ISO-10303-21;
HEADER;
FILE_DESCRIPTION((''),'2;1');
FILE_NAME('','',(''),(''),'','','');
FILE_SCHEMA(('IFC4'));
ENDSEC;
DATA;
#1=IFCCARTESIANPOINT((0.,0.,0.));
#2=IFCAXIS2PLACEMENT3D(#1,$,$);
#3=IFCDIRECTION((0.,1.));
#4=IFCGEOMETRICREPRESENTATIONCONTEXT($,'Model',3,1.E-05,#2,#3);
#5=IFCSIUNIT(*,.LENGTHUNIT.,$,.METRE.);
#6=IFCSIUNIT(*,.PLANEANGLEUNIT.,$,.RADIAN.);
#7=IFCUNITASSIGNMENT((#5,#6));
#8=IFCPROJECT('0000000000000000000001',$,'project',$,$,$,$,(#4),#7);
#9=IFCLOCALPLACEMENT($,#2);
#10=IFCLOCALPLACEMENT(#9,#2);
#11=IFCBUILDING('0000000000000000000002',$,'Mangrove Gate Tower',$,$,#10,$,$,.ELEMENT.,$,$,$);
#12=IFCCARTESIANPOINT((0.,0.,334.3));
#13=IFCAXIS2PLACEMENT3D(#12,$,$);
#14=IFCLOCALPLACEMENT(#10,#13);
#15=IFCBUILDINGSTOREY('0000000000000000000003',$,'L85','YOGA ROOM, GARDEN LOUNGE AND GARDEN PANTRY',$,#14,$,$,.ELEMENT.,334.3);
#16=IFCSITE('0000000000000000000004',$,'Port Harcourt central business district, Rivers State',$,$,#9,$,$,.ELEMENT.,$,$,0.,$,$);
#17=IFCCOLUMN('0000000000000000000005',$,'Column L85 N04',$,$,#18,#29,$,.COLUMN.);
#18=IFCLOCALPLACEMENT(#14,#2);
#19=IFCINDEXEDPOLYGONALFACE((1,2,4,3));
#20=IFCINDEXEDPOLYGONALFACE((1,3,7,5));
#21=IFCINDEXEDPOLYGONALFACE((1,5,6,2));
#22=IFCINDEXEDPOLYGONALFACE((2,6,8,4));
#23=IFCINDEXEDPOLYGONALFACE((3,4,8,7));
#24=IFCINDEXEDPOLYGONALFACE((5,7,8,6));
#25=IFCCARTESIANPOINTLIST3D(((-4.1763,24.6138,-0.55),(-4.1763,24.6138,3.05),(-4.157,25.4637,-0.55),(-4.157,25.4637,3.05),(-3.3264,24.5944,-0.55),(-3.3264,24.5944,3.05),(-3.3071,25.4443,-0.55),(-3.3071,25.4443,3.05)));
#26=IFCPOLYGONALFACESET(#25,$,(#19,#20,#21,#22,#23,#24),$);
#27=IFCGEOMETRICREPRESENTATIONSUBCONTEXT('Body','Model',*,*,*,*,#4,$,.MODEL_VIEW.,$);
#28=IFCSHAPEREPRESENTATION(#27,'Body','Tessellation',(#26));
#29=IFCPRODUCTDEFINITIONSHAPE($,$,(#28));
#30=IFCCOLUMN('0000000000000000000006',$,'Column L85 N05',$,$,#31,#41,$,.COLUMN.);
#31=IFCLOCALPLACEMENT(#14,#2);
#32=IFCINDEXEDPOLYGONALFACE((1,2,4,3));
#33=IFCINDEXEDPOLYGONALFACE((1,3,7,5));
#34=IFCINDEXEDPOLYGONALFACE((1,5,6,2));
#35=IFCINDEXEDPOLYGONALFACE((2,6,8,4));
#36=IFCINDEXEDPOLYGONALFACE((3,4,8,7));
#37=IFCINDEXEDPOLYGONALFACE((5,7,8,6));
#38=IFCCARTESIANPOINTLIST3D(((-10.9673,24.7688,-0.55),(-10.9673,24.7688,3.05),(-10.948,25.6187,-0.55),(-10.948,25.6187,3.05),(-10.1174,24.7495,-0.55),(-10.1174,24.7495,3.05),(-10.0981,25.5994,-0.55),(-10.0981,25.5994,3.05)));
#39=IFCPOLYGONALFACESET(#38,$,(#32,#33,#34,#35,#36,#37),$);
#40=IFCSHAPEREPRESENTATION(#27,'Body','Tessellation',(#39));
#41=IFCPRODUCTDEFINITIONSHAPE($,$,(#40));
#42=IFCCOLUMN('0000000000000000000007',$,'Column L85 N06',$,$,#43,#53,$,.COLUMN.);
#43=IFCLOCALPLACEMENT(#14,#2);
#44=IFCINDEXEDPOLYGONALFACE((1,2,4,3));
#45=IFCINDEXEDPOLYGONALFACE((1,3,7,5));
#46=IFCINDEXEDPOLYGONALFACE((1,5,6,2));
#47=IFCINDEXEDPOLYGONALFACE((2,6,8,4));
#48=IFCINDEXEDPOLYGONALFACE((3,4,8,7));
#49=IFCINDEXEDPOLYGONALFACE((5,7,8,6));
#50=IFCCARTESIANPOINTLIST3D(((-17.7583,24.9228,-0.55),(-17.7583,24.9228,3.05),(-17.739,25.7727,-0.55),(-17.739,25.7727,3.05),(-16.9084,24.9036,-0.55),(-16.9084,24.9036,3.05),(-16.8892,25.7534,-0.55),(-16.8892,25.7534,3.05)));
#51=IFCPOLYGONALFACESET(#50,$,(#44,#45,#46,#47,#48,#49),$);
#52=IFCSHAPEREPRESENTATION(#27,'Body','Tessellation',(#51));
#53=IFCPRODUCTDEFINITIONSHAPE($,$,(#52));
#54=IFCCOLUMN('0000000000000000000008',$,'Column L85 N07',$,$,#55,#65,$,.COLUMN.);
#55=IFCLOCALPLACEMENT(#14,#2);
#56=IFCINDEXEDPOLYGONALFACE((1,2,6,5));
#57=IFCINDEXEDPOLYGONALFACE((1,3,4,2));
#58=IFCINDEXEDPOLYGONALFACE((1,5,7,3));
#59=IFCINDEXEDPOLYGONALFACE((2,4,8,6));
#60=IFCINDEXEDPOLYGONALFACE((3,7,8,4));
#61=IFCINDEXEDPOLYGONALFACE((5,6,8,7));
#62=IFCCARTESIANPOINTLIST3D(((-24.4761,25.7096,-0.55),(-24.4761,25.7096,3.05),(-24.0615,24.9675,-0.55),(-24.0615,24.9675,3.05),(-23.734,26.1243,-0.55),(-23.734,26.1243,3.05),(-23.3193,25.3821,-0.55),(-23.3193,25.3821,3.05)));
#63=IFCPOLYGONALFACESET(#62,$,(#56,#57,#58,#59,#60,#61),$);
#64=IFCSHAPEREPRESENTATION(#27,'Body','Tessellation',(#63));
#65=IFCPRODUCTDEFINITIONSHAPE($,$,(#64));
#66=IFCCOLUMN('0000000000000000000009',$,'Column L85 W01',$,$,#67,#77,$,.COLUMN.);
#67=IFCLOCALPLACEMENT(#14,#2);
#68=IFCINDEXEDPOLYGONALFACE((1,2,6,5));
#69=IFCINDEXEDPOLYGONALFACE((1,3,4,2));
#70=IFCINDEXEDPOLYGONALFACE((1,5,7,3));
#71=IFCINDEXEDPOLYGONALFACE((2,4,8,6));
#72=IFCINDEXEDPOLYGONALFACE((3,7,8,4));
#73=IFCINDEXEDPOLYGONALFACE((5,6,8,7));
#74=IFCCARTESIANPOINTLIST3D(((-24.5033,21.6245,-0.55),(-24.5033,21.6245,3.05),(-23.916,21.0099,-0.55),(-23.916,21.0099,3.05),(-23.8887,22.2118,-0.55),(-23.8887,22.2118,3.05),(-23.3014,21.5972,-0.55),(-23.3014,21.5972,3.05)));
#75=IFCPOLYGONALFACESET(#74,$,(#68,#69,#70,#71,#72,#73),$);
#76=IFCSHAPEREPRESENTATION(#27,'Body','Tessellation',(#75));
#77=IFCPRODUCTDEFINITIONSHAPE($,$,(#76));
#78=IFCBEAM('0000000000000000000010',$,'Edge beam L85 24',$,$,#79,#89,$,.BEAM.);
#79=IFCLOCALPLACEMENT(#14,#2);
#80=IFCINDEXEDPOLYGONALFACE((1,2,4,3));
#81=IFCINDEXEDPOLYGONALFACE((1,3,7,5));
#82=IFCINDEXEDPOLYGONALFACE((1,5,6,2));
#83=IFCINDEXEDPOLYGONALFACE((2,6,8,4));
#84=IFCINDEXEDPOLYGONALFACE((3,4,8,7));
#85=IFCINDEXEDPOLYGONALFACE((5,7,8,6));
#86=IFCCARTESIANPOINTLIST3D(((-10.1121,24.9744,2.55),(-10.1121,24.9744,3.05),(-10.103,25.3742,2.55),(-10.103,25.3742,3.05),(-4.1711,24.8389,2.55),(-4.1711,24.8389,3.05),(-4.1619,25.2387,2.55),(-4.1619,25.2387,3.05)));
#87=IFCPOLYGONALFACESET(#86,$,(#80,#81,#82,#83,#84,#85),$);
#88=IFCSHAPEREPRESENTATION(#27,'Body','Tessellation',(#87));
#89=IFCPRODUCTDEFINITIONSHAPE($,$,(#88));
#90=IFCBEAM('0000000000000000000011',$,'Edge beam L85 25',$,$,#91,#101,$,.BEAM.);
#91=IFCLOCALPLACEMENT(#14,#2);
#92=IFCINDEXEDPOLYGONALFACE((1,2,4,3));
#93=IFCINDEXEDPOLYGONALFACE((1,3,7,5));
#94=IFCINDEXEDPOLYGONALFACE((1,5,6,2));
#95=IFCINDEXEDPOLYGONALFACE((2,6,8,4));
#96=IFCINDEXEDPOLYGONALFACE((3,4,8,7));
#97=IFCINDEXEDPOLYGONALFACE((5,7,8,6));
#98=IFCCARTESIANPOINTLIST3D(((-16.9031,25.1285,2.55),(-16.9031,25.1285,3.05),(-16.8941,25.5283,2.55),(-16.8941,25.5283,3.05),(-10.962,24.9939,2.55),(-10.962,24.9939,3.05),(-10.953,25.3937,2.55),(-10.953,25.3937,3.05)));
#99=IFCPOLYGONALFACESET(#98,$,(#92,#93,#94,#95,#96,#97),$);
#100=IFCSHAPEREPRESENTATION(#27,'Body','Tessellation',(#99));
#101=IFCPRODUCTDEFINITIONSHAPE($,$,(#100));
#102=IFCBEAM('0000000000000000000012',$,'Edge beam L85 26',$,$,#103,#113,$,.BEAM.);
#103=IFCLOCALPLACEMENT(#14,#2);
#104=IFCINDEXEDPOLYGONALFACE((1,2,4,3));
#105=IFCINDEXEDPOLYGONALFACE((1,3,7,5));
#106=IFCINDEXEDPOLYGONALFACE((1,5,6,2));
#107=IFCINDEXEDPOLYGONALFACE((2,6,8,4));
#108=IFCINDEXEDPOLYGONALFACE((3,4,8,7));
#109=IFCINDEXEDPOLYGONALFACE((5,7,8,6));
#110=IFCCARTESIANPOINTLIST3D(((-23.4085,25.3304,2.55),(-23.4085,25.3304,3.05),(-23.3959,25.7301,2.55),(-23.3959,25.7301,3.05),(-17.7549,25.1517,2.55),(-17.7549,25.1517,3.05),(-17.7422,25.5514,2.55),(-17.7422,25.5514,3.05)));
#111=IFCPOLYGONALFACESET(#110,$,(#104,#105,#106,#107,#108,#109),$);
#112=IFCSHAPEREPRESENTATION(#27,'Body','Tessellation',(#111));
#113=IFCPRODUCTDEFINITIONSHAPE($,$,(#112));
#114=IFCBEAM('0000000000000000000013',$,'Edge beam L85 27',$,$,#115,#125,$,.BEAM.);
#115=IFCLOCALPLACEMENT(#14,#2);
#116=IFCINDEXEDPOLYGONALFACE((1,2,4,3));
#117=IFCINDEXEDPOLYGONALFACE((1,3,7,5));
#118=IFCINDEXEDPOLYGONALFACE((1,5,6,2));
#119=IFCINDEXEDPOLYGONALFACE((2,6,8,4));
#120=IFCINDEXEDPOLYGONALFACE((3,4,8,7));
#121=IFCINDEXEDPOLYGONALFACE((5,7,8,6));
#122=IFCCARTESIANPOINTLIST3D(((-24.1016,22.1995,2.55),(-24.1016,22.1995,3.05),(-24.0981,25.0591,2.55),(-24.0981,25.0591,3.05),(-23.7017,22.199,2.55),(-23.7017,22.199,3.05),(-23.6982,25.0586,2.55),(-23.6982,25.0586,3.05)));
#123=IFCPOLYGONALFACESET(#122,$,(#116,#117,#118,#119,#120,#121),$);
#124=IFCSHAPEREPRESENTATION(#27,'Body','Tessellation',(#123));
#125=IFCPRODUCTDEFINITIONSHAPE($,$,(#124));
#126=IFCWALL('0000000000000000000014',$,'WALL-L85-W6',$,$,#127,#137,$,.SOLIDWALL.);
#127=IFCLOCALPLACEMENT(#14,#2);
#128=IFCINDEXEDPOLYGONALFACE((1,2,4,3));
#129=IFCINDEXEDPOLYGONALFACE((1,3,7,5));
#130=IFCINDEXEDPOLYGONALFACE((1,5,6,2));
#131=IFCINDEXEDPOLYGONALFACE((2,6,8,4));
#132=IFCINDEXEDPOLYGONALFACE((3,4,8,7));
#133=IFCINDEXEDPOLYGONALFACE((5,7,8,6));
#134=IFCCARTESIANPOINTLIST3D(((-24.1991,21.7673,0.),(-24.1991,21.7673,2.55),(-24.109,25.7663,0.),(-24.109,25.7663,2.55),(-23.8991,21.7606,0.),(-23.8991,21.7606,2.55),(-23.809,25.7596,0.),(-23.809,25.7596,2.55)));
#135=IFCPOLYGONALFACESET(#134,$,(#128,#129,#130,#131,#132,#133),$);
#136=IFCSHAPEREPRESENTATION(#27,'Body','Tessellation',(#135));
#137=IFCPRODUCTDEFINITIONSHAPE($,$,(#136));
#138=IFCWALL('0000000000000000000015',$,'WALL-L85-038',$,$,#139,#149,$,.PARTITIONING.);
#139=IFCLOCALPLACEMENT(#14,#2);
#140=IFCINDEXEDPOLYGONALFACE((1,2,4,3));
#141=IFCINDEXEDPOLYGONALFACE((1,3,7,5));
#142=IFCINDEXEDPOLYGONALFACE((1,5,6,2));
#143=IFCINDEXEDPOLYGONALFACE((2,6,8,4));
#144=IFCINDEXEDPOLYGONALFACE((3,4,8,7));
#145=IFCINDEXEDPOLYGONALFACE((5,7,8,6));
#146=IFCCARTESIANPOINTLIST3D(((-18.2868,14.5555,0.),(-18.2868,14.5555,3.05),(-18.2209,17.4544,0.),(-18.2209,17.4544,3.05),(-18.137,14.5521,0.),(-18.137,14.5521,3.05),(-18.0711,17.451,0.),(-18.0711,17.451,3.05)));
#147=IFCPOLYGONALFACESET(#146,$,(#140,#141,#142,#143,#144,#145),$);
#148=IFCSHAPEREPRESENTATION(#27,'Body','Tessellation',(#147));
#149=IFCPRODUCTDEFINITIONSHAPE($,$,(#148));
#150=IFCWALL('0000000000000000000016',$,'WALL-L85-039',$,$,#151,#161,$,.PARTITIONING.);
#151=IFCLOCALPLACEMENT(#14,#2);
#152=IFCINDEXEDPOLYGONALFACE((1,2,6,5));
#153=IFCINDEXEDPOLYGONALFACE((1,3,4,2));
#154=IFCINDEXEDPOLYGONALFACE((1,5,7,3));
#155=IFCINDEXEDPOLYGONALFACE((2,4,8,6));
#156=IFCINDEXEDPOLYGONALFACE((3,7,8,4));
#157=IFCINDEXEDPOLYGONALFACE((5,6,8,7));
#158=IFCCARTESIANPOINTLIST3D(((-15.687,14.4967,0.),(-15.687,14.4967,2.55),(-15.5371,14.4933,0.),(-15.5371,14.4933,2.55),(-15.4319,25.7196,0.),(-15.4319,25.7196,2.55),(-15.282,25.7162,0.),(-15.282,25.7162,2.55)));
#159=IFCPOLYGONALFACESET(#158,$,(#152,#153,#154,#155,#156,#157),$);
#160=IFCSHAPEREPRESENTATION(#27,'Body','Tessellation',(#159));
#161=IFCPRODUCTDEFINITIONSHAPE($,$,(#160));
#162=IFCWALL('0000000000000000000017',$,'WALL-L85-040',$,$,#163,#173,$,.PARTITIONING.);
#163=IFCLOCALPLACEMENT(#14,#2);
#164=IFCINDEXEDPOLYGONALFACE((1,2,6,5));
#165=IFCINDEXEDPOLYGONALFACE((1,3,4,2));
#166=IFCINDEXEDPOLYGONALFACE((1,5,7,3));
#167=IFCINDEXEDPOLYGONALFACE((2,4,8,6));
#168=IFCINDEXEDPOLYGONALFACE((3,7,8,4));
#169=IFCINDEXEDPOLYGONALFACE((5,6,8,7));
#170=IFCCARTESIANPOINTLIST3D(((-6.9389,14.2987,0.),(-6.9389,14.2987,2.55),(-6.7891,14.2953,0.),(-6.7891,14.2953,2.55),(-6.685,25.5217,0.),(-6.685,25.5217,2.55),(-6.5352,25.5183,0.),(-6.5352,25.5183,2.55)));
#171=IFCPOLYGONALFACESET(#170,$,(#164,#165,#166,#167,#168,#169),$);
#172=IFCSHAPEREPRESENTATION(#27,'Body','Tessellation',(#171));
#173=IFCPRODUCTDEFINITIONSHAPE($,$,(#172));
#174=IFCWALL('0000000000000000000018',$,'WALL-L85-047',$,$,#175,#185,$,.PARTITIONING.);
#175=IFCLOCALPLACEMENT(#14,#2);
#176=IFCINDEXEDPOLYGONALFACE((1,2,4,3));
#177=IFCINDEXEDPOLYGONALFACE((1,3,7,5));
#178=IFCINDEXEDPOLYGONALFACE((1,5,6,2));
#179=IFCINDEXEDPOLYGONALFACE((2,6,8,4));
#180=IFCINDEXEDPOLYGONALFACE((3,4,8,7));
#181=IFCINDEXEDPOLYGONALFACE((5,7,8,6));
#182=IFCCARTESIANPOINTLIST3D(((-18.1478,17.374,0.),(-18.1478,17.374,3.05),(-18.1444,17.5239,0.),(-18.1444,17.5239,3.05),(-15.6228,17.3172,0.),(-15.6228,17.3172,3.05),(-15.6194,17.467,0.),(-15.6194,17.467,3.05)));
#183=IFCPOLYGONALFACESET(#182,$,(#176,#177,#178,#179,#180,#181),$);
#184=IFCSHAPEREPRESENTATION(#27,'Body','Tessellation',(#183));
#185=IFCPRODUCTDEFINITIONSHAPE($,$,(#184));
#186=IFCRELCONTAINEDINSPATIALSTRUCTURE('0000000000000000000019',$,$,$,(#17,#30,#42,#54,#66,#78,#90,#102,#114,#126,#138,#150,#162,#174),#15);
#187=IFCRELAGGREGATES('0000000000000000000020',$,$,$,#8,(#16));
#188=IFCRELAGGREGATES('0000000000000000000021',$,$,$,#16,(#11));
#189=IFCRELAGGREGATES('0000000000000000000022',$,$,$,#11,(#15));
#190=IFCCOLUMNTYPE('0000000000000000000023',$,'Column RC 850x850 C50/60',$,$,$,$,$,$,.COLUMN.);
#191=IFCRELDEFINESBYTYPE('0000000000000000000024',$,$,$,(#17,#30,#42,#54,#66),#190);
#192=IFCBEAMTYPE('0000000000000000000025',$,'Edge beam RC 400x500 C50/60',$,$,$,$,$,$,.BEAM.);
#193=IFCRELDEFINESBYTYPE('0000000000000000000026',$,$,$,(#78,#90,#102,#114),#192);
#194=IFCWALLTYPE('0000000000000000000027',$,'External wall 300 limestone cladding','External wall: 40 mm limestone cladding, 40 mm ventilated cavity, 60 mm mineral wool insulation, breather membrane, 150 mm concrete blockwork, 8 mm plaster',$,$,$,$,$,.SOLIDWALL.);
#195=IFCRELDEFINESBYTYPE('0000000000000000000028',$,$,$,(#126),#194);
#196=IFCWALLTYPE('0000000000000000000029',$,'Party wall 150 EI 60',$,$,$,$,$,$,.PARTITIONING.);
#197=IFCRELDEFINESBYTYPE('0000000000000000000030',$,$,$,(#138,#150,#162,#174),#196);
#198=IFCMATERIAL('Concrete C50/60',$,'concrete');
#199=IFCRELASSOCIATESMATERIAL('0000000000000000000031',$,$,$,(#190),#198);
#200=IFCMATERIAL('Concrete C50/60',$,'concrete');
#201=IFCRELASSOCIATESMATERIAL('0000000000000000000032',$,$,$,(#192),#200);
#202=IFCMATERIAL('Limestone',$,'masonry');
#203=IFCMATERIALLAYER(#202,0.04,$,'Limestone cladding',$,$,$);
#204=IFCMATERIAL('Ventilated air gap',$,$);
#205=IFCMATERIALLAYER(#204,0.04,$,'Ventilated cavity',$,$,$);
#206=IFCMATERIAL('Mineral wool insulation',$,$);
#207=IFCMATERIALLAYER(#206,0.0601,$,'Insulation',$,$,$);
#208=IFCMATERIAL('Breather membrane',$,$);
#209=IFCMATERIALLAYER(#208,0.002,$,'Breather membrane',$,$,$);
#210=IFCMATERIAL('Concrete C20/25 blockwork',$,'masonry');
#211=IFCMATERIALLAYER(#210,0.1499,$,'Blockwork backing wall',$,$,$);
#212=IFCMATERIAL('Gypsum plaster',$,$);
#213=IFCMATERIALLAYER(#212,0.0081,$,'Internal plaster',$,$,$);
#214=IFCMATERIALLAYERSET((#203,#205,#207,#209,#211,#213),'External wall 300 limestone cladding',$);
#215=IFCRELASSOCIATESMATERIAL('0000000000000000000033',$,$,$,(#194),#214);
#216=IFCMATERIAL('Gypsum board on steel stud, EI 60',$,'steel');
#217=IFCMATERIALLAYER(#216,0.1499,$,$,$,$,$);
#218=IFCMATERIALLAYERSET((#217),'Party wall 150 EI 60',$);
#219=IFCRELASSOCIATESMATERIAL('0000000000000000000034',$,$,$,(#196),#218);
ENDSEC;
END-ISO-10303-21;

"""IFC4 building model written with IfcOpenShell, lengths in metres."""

from ifc_helpers import new_model, si_unit, direction, frame, frame_2d, origin, origin_2d, place, context, subcontext, project, spatial, rectangle, extrude, material, layer, layer_set, material_profile, profile_set, type_object, element, save


model = new_model("IFC4")

# Units and contexts
model_context = context("Model", 3, precision=1e-05, world=origin(), true_north=direction((0.0, 1.0)))
body_context = subcontext(model_context, "Body", "Model", "MODEL_VIEW")
ifc_project = project(units=[si_unit("LENGTHUNIT", "METRE"), si_unit("PLANEANGLEUNIT", "RADIAN")], contexts=[model_context])

# Site, building, storey
site_placement = place(None, origin())
site = spatial("IfcSite", under=ifc_project, at=site_placement, Name="Port Harcourt central business district, Rivers State", CompositionType="ELEMENT", RefElevation=0.0)
building_placement = place(site_placement, origin())
building = spatial("IfcBuilding", under=site, at=building_placement, Name="Mangrove Gate Tower", CompositionType="ELEMENT")
storey_placement = place(building_placement, frame((0.0, 0.0, 334.3)))
storey = spatial("IfcBuildingStorey", under=building, at=storey_placement, Name="L85", Description="YOGA ROOM, GARDEN LOUNGE AND GARDEN PANTRY", CompositionType="ELEMENT", Elevation=334.3)

# Columns
ifc_material_1 = material(Name="Concrete C50/60", Category="concrete")
ifc_material_profile_1 = material_profile(ifc_material_1, rectangle(XDim=0.8501, YDim=0.8501, at=origin_2d()))
ifc_profile_set_1 = profile_set([ifc_material_profile_1], Name="Concrete C50/60")
column_type = type_object("IfcColumnType", Name="Column RC 850x850 C50/60", PredefinedType="COLUMN", material=ifc_profile_set_1)
for number, where, z_axis, x_axis, name in (
    (1, (-3.7417, 25.0291, -0.55), (0.0, 0.0, 1.0), (-0.999741, 0.022745, 0.0), "Column L85 N04"),
    (2, (-10.5327, 25.1841, -0.55), (0.0, 0.0, 1.0), (-0.999741, 0.022745, 0.0), "Column L85 N05"),
    (3, (-17.3237, 25.3381, -0.55), (0.0, 0.0, 1.0), (-0.999743, 0.022671, 0.0), "Column L85 N06"),
    (4, (-23.8977, 25.5459, -0.55), (0.0, 0.0, 1.0), (-0.872988, -0.487742, 0.0), "Column L85 N07"),
    (5, (-23.9023, 21.6108, -0.55), (0.0, 0.0, 1.0), (-0.72301, -0.690837, 0.0), "Column L85 W01"),
):
    element("IfcColumn", number, at=place(storey_placement, frame(where, z_axis=z_axis, x_axis=x_axis)), inside=storey, type_object=column_type, Name=name, PredefinedType="COLUMN", context=body_context, shape_type="SweptSolid", body=[
        extrude(rectangle(XDim=0.8501, YDim=0.8501, at=origin_2d()), origin(), (0.0, 0.0, 1.0), 3.6001),
    ])

# Beams
ifc_material_2 = material(Name="Concrete C50/60", Category="concrete")
ifc_material_profile_2 = material_profile(ifc_material_2, rectangle(XDim=0.3999, YDim=0.5, at=origin_2d()))
ifc_profile_set_2 = profile_set([ifc_material_profile_2], Name="Concrete C50/60")
beam_type = type_object("IfcBeamType", Name="Edge beam RC 400x500 C50/60", PredefinedType="BEAM", material=ifc_profile_set_2)
for number, where, z_axis, x_axis, name in (
    (6, (-4.1665, 25.0388, 2.8), (-0.99974, 0.022801, 0.0), (-0.022801, -0.99974, 0.0), "Edge beam L85 24"),
    (7, (-10.9575, 25.1938, 2.8), (-0.999744, 0.022636, 0.0), (-0.022636, -0.999744, 0.0), "Edge beam L85 25"),
):
    element("IfcBeam", number, at=place(storey_placement, frame(where, z_axis=z_axis, x_axis=x_axis)), inside=storey, type_object=beam_type, Name=name, PredefinedType="BEAM", context=body_context, shape_type="SweptSolid", body=[
        extrude(rectangle(XDim=0.3999, YDim=0.5, at=origin_2d()), origin(), (0.0, 0.0, 1.0), 5.9426),
    ])
beam_1_placement = place(storey_placement, frame((-17.7485, 25.3516, 2.8), z_axis=(-0.999501, 0.031595, 0.0), x_axis=(-0.031595, -0.999501, 0.0)))
element("IfcBeam", 8, at=beam_1_placement, inside=storey, type_object=beam_type, Name="Edge beam L85 26", PredefinedType="BEAM", context=body_context, shape_type="SweptSolid", body=[
    extrude(rectangle(XDim=0.3999, YDim=0.5, at=origin_2d()), origin(), (0.0, 0.0, 1.0), 5.6565),
])
beam_2_placement = place(storey_placement, frame((-23.8982, 25.0588, 2.8), z_axis=(-0.001195, -0.999999, 0.0), x_axis=(0.999999, -0.001195, 0.0)))
element("IfcBeam", 9, at=beam_2_placement, inside=storey, type_object=beam_type, Name="Edge beam L85 27", PredefinedType="BEAM", context=body_context, shape_type="SweptSolid", body=[
    extrude(rectangle(XDim=0.3999, YDim=0.5, at=origin_2d()), origin(), (0.0, 0.0, 1.0), 2.8596),
])

# Walls
ifc_material_3 = material(Name="Limestone", Category="masonry")
ifc_layer_1 = layer(ifc_material_3, 0.04, Name="Limestone cladding")
ifc_material_4 = material(Name="Ventilated air gap")
ifc_layer_2 = layer(ifc_material_4, 0.04, Name="Ventilated cavity")
ifc_material_5 = material(Name="Mineral wool insulation")
ifc_layer_3 = layer(ifc_material_5, 0.0601, Name="Insulation")
ifc_material_6 = material(Name="Breather membrane")
ifc_layer_4 = layer(ifc_material_6, 0.002, Name="Breather membrane")
ifc_material_7 = material(Name="Concrete C20/25 blockwork", Category="masonry")
ifc_layer_5 = layer(ifc_material_7, 0.1499, Name="Blockwork backing wall")
ifc_material_8 = material(Name="Gypsum plaster")
ifc_layer_6 = layer(ifc_material_8, 0.0081, Name="Internal plaster")
ifc_layer_set_1 = layer_set([ifc_layer_1, ifc_layer_2, ifc_layer_3, ifc_layer_4, ifc_layer_5, ifc_layer_6], Name="External wall 300 limestone cladding")
wall_type_1 = type_object("IfcWallType", Name="External wall 300 limestone cladding", Description="External wall: 40 mm limestone cladding, 40 mm ventilated cavity, 60 mm mineral wool insulation, breather membrane, 150 mm concrete blockwork, 8 mm plaster", PredefinedType="SOLIDWALL", material=ifc_layer_set_1)
wall_1_placement = place(storey_placement, frame((-23.959, 25.7629, 0.0), z_axis=(0.0, 0.0, 1.0), x_axis=(-0.022522, -0.999746, 0.0)))
element("IfcWall", 10, at=wall_1_placement, inside=storey, type_object=wall_type_1, Name="WALL-L85-W6", PredefinedType="SOLIDWALL", context=body_context, shape_type="SweptSolid", body=[
    extrude(rectangle(XDim=4.0, YDim=0.3, at=frame_2d((2.0, 0.0))), origin(), (0.0, 0.0, 1.0), 2.55),
])
ifc_material_9 = material(Name="Gypsum board on steel stud, EI 60", Category="steel")
ifc_layer_7 = layer(ifc_material_9, 0.1499)
ifc_layer_set_2 = layer_set([ifc_layer_7], Name="Party wall 150 EI 60")
wall_type_2 = type_object("IfcWallType", Name="Party wall 150 EI 60", PredefinedType="PARTITIONING", material=ifc_layer_set_2)
wall_2_placement = place(storey_placement, frame((-18.2119, 14.554, 0.0), z_axis=(0.0, 0.0, 1.0), x_axis=(0.022733, 0.999742, 0.0)))
element("IfcWall", 11, at=wall_2_placement, inside=storey, type_object=wall_type_2, Name="WALL-L85-038", PredefinedType="PARTITIONING", context=body_context, shape_type="SweptSolid", body=[
    extrude(rectangle(XDim=2.8997, YDim=0.1499, at=frame_2d((1.4497, 0.0))), origin(), (0.0, 0.0, 1.0), 3.05),
])
for number, where, z_axis, x_axis, name in (
    (12, (-15.6121, 14.4951, 0.0), (0.0, 0.0, 1.0), (0.022727, 0.999742, 0.0), "WALL-L85-039"),
    (13, (-6.864, 14.2971, 0.0), (0.0, 0.0, 1.0), (0.022618, 0.999744, 0.0), "WALL-L85-040"),
):
    element("IfcWall", number, at=place(storey_placement, frame(where, z_axis=z_axis, x_axis=x_axis)), inside=storey, type_object=wall_type_2, Name=name, PredefinedType="PARTITIONING", context=body_context, shape_type="SweptSolid", body=[
        extrude(rectangle(XDim=11.2258, YDim=0.1499, at=frame_2d((5.6128, 0.0))), origin(), (0.0, 0.0, 1.0), 2.55),
    ])
wall_3_placement = place(storey_placement, frame((-18.146, 17.449, 0.0), z_axis=(0.0, 0.0, 1.0), x_axis=(0.999746, -0.022524, 0.0)))
element("IfcWall", 14, at=wall_3_placement, inside=storey, type_object=wall_type_2, Name="WALL-L85-047", PredefinedType="PARTITIONING", context=body_context, shape_type="SweptSolid", body=[
    extrude(rectangle(XDim=2.5256, YDim=0.1499, at=frame_2d((1.2627, 0.0))), origin(), (0.0, 0.0, 1.0), 3.05),
])

save(model, "model.ifc")
